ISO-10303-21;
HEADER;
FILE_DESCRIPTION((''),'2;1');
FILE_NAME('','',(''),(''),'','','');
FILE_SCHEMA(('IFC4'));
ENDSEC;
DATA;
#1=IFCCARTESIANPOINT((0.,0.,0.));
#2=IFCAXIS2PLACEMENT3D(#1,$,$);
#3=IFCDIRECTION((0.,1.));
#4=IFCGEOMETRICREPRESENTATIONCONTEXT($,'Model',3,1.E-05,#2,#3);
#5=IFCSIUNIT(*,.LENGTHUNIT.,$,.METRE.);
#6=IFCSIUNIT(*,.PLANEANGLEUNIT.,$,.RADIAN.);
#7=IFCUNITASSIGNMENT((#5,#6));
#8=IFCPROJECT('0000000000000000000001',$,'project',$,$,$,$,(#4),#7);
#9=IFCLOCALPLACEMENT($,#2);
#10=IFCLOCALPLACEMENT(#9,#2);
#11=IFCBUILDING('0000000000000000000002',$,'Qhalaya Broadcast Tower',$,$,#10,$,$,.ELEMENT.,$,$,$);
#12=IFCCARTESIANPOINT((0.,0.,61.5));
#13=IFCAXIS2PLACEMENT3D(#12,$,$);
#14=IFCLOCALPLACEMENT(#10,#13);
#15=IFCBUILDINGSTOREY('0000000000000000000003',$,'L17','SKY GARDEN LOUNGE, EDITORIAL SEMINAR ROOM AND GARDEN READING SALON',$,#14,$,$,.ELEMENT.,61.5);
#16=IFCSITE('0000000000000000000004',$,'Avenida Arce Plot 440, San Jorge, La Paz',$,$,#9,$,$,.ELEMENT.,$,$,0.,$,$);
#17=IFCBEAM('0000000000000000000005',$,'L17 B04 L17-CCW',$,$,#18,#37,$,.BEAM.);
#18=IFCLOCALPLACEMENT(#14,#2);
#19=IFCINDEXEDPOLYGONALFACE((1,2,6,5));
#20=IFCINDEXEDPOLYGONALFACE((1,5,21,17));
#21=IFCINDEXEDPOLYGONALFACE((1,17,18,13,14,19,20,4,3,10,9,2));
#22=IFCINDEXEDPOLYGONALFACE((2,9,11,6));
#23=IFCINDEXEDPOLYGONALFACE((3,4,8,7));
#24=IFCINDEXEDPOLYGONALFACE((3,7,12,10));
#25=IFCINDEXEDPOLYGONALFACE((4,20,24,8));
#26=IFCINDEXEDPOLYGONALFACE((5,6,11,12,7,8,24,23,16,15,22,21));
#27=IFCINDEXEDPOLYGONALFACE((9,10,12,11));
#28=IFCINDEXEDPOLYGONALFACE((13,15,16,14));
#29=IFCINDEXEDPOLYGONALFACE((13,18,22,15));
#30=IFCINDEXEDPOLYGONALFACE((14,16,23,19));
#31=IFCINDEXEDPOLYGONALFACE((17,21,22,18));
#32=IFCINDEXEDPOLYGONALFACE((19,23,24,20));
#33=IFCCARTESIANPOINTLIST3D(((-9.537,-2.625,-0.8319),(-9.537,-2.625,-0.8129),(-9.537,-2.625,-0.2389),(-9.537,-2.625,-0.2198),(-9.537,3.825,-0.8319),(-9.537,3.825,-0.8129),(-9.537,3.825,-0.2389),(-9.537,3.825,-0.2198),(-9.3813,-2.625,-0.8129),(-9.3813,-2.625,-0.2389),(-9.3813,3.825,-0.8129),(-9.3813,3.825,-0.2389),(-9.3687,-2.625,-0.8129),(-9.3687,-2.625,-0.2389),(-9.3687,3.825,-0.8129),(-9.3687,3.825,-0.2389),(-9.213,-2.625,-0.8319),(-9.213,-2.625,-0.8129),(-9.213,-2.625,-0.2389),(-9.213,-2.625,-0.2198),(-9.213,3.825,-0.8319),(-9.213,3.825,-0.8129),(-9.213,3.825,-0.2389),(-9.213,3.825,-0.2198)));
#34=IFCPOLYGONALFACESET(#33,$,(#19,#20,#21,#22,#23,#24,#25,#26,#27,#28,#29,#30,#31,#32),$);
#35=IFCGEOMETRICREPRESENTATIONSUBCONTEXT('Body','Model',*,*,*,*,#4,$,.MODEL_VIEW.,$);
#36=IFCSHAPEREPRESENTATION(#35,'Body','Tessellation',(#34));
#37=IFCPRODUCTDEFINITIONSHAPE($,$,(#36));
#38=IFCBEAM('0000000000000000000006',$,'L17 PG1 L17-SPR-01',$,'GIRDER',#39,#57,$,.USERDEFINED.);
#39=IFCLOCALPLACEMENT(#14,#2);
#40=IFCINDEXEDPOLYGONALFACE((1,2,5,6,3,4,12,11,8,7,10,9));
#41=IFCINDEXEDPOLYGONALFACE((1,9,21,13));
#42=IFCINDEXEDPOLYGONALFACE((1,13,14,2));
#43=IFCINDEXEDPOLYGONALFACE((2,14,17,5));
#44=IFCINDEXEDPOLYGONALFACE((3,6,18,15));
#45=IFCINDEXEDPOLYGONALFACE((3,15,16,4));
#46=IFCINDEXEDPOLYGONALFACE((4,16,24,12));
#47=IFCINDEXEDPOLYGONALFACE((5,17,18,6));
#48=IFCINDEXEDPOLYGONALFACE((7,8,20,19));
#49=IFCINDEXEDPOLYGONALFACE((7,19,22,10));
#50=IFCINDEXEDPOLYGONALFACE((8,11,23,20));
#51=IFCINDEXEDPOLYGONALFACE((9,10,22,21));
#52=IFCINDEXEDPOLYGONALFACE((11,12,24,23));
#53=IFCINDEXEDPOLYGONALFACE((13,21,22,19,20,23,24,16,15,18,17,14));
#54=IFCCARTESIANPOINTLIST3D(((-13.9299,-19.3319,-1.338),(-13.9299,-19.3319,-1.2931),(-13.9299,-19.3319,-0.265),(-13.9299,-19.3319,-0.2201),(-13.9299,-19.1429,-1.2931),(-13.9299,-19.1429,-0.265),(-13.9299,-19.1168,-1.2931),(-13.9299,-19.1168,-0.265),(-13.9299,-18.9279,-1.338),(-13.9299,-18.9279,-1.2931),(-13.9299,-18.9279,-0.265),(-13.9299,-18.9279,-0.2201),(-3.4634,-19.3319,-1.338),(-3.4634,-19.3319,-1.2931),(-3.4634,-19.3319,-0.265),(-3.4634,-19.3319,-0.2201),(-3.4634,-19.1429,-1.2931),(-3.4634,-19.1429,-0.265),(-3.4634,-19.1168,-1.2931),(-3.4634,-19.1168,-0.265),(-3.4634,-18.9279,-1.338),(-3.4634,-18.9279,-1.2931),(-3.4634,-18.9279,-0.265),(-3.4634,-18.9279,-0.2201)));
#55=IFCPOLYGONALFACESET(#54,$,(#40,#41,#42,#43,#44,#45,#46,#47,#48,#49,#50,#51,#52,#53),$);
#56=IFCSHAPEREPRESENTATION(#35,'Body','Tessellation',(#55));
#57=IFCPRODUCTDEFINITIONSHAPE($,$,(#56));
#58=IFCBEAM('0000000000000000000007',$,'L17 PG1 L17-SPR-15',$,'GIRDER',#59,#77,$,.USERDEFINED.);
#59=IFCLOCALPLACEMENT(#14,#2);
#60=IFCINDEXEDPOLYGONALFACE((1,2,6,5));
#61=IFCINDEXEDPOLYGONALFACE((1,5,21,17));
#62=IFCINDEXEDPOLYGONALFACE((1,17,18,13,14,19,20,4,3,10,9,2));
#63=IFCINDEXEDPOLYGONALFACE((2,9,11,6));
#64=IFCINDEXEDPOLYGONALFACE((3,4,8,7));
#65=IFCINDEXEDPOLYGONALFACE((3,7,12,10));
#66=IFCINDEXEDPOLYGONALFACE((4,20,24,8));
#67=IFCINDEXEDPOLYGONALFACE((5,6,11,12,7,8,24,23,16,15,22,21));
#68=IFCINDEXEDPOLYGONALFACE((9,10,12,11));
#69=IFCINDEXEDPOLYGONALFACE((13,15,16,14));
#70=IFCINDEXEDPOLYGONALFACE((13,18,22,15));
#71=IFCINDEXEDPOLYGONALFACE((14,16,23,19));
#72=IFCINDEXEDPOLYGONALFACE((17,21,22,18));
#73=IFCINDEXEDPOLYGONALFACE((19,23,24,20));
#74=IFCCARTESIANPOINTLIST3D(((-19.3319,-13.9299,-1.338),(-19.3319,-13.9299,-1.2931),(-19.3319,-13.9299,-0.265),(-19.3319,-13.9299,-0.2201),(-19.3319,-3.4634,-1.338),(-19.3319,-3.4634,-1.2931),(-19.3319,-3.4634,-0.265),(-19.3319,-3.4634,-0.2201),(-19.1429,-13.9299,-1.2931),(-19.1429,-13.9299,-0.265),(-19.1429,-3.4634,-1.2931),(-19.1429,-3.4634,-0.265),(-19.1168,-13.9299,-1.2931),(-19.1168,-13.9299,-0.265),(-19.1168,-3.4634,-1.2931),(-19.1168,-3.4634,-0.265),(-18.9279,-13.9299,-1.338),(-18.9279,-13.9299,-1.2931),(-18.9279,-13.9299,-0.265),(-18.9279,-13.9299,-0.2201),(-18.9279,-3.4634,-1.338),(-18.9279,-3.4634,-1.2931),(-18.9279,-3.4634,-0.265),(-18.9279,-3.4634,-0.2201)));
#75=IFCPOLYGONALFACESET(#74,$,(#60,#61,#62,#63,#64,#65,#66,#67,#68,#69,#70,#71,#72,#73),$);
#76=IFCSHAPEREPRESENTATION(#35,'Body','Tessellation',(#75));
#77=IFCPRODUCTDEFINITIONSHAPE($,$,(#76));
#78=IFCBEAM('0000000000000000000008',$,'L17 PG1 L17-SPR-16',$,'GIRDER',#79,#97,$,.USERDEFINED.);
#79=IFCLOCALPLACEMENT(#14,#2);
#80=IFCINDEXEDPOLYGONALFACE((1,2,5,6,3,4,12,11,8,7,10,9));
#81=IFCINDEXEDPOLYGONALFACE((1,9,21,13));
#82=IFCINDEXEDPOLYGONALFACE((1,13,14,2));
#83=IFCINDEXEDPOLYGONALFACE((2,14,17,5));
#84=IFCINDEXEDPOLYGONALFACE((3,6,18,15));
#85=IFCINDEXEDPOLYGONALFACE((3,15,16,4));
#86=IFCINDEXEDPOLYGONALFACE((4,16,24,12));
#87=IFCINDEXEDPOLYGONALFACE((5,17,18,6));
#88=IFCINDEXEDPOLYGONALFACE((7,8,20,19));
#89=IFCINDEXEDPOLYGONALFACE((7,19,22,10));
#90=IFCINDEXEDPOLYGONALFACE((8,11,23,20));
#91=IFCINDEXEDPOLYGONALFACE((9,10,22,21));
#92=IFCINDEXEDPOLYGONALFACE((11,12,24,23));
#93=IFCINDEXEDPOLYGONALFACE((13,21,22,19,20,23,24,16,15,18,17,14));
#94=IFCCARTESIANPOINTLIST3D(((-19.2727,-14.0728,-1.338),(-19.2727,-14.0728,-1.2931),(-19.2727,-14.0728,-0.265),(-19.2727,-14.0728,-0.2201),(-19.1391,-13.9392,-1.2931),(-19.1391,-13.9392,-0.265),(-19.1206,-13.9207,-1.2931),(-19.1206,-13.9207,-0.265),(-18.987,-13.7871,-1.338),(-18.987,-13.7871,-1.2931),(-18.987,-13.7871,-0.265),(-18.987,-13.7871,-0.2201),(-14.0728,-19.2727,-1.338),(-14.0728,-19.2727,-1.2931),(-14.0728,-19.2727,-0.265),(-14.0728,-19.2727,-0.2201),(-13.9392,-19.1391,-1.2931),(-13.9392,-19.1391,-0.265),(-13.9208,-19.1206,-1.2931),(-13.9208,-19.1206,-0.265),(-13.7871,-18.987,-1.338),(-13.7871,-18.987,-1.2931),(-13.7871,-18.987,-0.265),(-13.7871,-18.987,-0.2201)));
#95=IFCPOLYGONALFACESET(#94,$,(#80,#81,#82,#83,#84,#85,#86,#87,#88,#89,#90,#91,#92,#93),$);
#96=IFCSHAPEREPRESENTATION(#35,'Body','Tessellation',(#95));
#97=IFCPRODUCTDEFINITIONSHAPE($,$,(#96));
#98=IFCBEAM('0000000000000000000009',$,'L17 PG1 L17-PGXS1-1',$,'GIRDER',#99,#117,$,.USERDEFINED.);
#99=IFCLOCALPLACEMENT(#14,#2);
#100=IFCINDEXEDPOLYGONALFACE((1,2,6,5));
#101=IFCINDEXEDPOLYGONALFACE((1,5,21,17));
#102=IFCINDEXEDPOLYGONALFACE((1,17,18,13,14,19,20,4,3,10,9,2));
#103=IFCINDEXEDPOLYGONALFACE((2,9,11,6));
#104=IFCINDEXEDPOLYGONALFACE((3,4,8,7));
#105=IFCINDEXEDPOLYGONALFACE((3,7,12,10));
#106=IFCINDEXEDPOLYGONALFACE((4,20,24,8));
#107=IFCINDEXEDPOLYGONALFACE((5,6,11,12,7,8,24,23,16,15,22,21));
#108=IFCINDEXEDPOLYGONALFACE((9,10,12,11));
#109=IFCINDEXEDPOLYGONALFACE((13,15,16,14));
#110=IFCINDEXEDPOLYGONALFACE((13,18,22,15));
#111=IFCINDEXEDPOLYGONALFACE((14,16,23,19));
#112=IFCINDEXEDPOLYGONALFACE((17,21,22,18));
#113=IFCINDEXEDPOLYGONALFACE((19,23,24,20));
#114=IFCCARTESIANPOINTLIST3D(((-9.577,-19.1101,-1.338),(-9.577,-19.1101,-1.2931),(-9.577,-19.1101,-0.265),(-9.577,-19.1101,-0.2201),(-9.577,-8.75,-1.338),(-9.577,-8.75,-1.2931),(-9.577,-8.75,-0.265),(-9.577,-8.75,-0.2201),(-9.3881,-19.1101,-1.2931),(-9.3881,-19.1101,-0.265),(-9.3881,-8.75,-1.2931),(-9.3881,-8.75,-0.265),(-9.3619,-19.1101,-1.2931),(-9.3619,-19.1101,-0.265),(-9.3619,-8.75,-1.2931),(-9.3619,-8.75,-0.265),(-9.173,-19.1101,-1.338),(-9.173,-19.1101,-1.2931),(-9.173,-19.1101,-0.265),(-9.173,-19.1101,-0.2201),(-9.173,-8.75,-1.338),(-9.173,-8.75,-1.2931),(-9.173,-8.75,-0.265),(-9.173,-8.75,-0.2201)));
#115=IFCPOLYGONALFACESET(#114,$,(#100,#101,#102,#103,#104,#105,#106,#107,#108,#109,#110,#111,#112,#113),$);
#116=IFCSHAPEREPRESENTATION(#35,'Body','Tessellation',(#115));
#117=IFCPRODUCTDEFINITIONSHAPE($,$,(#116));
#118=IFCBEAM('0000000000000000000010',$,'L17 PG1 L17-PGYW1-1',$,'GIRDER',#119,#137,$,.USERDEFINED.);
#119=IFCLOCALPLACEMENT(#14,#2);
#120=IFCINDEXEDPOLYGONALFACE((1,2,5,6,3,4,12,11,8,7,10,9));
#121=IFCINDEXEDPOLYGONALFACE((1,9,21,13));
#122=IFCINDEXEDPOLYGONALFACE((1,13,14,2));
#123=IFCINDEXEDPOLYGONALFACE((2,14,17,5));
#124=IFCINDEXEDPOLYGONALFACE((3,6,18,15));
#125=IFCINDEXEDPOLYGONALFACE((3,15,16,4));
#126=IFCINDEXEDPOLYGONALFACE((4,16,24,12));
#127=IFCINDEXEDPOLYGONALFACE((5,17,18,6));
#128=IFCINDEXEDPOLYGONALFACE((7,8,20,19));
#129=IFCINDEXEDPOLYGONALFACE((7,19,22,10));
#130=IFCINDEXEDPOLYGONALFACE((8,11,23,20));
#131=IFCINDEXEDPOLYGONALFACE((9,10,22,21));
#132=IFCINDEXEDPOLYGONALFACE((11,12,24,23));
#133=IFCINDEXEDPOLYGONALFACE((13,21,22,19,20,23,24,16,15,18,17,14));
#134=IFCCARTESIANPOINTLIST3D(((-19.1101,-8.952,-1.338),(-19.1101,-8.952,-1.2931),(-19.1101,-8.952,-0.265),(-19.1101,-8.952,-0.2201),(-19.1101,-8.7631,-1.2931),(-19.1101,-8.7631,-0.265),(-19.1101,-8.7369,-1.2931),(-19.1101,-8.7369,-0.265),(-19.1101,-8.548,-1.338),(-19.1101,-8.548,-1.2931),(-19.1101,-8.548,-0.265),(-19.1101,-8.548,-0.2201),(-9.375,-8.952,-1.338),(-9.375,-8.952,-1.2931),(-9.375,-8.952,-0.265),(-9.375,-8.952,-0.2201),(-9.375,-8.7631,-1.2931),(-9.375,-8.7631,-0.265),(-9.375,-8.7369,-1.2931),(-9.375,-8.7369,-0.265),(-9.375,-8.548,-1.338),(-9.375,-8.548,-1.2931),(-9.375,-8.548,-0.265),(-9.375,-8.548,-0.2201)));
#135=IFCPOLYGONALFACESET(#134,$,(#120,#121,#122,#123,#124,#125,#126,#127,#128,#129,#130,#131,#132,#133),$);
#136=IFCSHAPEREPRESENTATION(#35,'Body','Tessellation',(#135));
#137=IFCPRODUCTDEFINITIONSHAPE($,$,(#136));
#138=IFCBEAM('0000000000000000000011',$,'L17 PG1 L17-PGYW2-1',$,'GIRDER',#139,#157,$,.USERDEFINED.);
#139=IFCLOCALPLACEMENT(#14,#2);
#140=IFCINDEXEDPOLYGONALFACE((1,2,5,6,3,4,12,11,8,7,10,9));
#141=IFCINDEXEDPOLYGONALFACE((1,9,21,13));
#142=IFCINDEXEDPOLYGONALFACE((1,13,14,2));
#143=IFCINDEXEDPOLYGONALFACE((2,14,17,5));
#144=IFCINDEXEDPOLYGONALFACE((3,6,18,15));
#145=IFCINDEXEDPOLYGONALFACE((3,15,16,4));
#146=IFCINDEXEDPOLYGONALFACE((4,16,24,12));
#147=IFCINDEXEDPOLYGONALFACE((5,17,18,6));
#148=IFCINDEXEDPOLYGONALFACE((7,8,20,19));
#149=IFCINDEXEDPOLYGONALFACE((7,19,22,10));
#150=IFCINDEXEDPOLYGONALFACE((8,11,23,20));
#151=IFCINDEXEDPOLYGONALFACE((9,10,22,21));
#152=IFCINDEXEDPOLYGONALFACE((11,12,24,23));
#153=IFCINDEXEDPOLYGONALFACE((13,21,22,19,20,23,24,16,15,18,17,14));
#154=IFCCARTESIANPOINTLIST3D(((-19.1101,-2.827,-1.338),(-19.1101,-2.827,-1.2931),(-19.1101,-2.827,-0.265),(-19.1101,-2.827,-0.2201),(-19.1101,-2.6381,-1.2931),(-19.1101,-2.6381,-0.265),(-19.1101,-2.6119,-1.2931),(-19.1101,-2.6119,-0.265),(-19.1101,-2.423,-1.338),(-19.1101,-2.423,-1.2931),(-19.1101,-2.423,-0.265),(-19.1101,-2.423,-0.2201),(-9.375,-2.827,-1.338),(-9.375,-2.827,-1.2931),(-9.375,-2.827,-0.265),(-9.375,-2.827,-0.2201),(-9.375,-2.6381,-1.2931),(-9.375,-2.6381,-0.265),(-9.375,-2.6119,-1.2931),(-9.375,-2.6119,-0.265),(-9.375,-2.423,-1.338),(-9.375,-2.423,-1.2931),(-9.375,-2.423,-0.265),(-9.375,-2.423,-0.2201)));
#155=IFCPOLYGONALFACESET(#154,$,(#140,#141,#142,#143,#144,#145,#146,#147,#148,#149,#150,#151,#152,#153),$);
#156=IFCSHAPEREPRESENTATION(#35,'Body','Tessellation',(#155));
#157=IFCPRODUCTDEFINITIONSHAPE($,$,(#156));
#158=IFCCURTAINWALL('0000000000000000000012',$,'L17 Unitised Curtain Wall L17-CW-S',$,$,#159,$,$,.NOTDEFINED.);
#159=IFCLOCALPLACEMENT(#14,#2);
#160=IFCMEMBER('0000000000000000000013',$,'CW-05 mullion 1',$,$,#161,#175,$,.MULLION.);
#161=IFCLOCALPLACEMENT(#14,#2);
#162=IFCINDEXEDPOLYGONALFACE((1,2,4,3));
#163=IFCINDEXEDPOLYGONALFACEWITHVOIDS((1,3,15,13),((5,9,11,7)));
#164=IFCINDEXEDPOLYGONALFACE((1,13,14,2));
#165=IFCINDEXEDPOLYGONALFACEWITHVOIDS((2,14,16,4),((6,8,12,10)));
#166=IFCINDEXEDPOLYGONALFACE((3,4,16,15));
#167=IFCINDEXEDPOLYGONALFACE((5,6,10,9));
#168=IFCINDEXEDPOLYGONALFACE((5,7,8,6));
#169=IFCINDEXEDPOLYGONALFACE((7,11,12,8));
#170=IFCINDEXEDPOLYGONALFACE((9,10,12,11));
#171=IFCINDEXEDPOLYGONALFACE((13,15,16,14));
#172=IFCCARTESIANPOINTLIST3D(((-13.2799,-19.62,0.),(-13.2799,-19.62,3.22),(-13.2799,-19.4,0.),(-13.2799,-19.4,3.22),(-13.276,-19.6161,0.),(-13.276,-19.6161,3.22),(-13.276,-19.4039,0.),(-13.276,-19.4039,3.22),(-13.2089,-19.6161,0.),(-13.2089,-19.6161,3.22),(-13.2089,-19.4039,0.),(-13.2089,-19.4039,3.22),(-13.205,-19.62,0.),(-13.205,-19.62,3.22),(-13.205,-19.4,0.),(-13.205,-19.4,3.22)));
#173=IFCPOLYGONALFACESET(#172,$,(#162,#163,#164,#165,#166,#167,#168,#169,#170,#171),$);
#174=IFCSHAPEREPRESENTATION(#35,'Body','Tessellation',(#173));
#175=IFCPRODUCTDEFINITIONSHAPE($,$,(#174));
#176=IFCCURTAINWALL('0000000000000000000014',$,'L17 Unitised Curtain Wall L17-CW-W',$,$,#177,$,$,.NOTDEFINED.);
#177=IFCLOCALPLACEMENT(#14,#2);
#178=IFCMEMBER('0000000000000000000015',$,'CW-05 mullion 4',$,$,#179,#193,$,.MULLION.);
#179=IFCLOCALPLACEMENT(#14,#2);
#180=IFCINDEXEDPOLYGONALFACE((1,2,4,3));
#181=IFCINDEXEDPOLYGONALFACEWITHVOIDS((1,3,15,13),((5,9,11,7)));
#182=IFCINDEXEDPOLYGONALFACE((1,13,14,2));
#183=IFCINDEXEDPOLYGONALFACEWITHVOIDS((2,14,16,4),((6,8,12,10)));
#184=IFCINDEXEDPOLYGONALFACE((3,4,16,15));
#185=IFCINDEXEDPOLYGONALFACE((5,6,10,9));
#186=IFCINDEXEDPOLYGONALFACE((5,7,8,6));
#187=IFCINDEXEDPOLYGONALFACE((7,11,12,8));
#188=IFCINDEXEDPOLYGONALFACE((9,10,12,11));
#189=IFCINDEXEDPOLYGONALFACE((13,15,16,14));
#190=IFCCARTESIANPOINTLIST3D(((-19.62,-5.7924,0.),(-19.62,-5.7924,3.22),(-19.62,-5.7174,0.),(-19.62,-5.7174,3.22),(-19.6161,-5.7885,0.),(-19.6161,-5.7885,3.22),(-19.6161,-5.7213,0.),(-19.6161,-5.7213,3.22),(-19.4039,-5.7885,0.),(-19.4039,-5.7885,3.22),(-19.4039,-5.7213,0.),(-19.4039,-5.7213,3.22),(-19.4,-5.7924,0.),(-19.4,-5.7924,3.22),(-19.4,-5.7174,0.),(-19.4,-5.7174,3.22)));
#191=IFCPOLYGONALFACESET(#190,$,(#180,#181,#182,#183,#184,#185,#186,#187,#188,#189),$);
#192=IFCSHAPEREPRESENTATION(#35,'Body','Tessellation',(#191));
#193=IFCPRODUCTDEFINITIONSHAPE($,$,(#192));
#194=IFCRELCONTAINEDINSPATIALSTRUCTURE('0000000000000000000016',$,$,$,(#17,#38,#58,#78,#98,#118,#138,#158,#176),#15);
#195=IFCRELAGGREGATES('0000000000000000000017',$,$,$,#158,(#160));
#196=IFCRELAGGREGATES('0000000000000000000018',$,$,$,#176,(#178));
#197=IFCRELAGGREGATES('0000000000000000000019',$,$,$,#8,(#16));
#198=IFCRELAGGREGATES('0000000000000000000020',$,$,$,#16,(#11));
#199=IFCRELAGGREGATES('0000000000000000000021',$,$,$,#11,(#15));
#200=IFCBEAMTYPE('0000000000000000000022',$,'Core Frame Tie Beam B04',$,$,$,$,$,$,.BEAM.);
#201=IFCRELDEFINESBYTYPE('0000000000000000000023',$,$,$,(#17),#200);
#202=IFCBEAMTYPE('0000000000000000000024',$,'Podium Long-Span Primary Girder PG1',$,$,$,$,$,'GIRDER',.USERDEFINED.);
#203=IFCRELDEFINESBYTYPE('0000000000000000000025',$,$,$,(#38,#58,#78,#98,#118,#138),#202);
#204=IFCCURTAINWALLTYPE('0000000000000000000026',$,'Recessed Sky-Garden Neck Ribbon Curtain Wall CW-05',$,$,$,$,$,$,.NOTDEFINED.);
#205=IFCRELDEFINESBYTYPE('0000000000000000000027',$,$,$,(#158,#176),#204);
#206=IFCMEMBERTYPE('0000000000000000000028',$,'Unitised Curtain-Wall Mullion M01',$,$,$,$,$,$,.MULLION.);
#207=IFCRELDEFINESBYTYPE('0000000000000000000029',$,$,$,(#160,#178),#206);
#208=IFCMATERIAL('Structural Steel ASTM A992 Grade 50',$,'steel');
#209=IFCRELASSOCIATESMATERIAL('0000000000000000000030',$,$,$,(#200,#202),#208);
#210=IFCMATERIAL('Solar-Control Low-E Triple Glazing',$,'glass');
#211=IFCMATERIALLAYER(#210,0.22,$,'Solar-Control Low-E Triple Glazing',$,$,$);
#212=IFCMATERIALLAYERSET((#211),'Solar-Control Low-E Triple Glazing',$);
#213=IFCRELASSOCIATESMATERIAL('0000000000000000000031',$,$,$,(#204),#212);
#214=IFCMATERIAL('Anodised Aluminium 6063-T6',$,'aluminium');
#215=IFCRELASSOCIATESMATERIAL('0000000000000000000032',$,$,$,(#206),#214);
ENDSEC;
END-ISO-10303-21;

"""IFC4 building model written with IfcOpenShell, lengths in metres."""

from ifc_helpers import new_model, si_unit, direction, frame, origin, origin_2d, place, context, subcontext, project, spatial, hollow_rectangle, i_section, extrude, material, layer, layer_set, material_profile, profile_set, type_object, element, aggregate, save


model = new_model("IFC4")

# Units and contexts
model_context = context("Model", 3, precision=1e-05, world=origin(), true_north=direction((0.0, 1.0)))
body_context = subcontext(model_context, "Body", "Model", "MODEL_VIEW")
ifc_project = project(units=[si_unit("LENGTHUNIT", "METRE"), si_unit("PLANEANGLEUNIT", "RADIAN")], contexts=[model_context])

# Site, building, storey
site_placement = place(None, origin())
site = spatial("IfcSite", under=ifc_project, at=site_placement, Name="Avenida Arce Plot 440, San Jorge, La Paz", CompositionType="ELEMENT", RefElevation=0.0)
building_placement = place(site_placement, origin())
building = spatial("IfcBuilding", under=site, at=building_placement, Name="Qhalaya Broadcast Tower", CompositionType="ELEMENT")
storey_placement = place(building_placement, frame((0.0, 0.0, 61.5)))
storey = spatial("IfcBuildingStorey", under=building, at=storey_placement, Name="L17", Description="SKY GARDEN LOUNGE, EDITORIAL SEMINAR ROOM AND GARDEN READING SALON", CompositionType="ELEMENT", Elevation=61.5)

# Shared definitions
ifc_material_1 = material(Name="Structural Steel ASTM A992 Grade 50", Category="steel")

# Beams
ifc_material_profile_1 = material_profile(ifc_material_1, i_section(OverallWidth=0.324, OverallDepth=0.6121, WebThickness=0.0127, FlangeThickness=0.019, at=origin_2d()), Name="W24X104")
ifc_profile_set_1 = profile_set([ifc_material_profile_1], Name="Structural Steel ASTM A992 Grade 50")
beam_type_1 = type_object("IfcBeamType", Name="Core Frame Tie Beam B04", PredefinedType="BEAM", material=ifc_profile_set_1)
beam_1_placement = place(storey_placement, frame((-9.375, -2.625, -0.5259), z_axis=(0.0, 1.0, 0.0), x_axis=(-1.0, 0.0, 0.0)))
element("IfcBeam", 1, at=beam_1_placement, inside=storey, type_object=beam_type_1, Name="L17 B04 L17-CCW", PredefinedType="BEAM", context=body_context, shape_type="SweptSolid", body=[
    extrude(i_section(OverallWidth=0.324, OverallDepth=0.6121, WebThickness=0.0127, FlangeThickness=0.019, at=origin_2d()), origin(), (0.0, 0.0, 1.0), 6.45),
])
ifc_material_profile_2 = material_profile(ifc_material_1, i_section(OverallWidth=0.4041, OverallDepth=1.1179, WebThickness=0.0261, FlangeThickness=0.0449, at=origin_2d()), Name="W44X335")
ifc_profile_set_2 = profile_set([ifc_material_profile_2], Name="Structural Steel ASTM A992 Grade 50")
beam_type_2 = type_object("IfcBeamType", Name="Podium Long-Span Primary Girder PG1", ElementType="GIRDER", PredefinedType="USERDEFINED", material=ifc_profile_set_2)
for number, where, z_axis, x_axis, name in (
    (2, (-13.9299, -19.1299, -0.7791), (1.0, 0.0, 0.0), (0.0, 1.0, 0.0), "L17 PG1 L17-SPR-01"),
    (3, (-19.1299, -3.4634, -0.7791), (0.0, -1.0, 0.0), (1.0, 0.0, 0.0), "L17 PG1 L17-SPR-15"),
):
    element("IfcBeam", number, at=place(storey_placement, frame(where, z_axis=z_axis, x_axis=x_axis)), inside=storey, type_object=beam_type_2, Name=name, ObjectType="GIRDER", PredefinedType="USERDEFINED", context=body_context, shape_type="SweptSolid", body=[
        extrude(i_section(OverallWidth=0.4041, OverallDepth=1.1179, WebThickness=0.0261, FlangeThickness=0.0449, at=origin_2d()), origin(), (0.0, 0.0, 1.0), 10.4666),
    ])
beam_2_placement = place(storey_placement, frame((-19.1299, -13.9299, -0.7791), z_axis=(0.707107, -0.707107, 0.0), x_axis=(0.707107, 0.707107, 0.0)))
element("IfcBeam", 4, at=beam_2_placement, inside=storey, type_object=beam_type_2, Name="L17 PG1 L17-SPR-16", ObjectType="GIRDER", PredefinedType="USERDEFINED", context=body_context, shape_type="SweptSolid", body=[
    extrude(i_section(OverallWidth=0.4041, OverallDepth=1.1179, WebThickness=0.0261, FlangeThickness=0.0449, at=origin_2d()), origin(), (0.0, 0.0, 1.0), 7.3538),
])
beam_3_placement = place(storey_placement, frame((-9.375, -19.1101, -0.7791), z_axis=(0.0, 1.0, 0.0), x_axis=(-1.0, 0.0, 0.0)))
element("IfcBeam", 5, at=beam_3_placement, inside=storey, type_object=beam_type_2, Name="L17 PG1 L17-PGXS1-1", ObjectType="GIRDER", PredefinedType="USERDEFINED", context=body_context, shape_type="SweptSolid", body=[
    extrude(i_section(OverallWidth=0.4041, OverallDepth=1.1179, WebThickness=0.0261, FlangeThickness=0.0449, at=origin_2d()), origin(), (0.0, 0.0, 1.0), 10.3601),
])
for number, where, z_axis, x_axis, name in (
    (6, (-19.1101, -8.75, -0.7791), (1.0, 0.0, 0.0), (0.0, 1.0, 0.0), "L17 PG1 L17-PGYW1-1"),
    (7, (-19.1101, -2.625, -0.7791), (1.0, 0.0, 0.0), (0.0, 1.0, 0.0), "L17 PG1 L17-PGYW2-1"),
):
    element("IfcBeam", number, at=place(storey_placement, frame(where, z_axis=z_axis, x_axis=x_axis)), inside=storey, type_object=beam_type_2, Name=name, ObjectType="GIRDER", PredefinedType="USERDEFINED", context=body_context, shape_type="SweptSolid", body=[
        extrude(i_section(OverallWidth=0.4041, OverallDepth=1.1179, WebThickness=0.0261, FlangeThickness=0.0449, at=origin_2d()), origin(), (0.0, 0.0, 1.0), 9.7351),
    ])

# Curtain wall, member
ifc_material_2 = material(Name="Solar-Control Low-E Triple Glazing", Category="glass")
ifc_layer_1 = layer(ifc_material_2, 0.22, Name="Solar-Control Low-E Triple Glazing")
ifc_layer_set_1 = layer_set([ifc_layer_1], Name="Solar-Control Low-E Triple Glazing")
curtain_wall_type = type_object("IfcCurtainWallType", Name="Recessed Sky-Garden Neck Ribbon Curtain Wall CW-05", PredefinedType="NOTDEFINED", material=ifc_layer_set_1)
curtain_wall_1_placement = place(storey_placement, origin())
curtain_wall_1 = element("IfcCurtainWall", 8, at=curtain_wall_1_placement, inside=storey, type_object=curtain_wall_type, Name="L17 Unitised Curtain Wall L17-CW-S", PredefinedType="NOTDEFINED")
ifc_material_3 = material(Name="Anodised Aluminium 6063-T6", Category="aluminium")
ifc_material_profile_3 = material_profile(ifc_material_3, hollow_rectangle(XDim=0.075, YDim=0.22, WallThickness=0.0039, at=origin_2d()), Name="ALU-MUL 75x220x4")
ifc_profile_set_3 = profile_set([ifc_material_profile_3], Name="Anodised Aluminium 6063-T6")
member_type_1 = type_object("IfcMemberType", Name="Unitised Curtain-Wall Mullion M01", PredefinedType="MULLION", material=ifc_profile_set_3)
member_1_placement = place(storey_placement, frame((-13.2424, -19.51, 0.0), z_axis=(0.0, 0.0, 1.0), x_axis=(1.0, 0.0, 0.0)))
member_1 = element("IfcMember", 9, at=member_1_placement, type_object=member_type_1, Name="CW-05 mullion 1", PredefinedType="MULLION", context=body_context, shape_type="SweptSolid", body=[
    extrude(hollow_rectangle(XDim=0.075, YDim=0.22, WallThickness=0.0039, at=origin_2d()), origin(), (0.0, 0.0, 1.0), 3.22),
])

# Curtain wall, member
curtain_wall_2_placement = place(storey_placement, origin())
curtain_wall_2 = element("IfcCurtainWall", 10, at=curtain_wall_2_placement, inside=storey, type_object=curtain_wall_type, Name="L17 Unitised Curtain Wall L17-CW-W", PredefinedType="NOTDEFINED")
member_2_placement = place(storey_placement, frame((-19.51, -5.7549, 0.0), z_axis=(0.0, 0.0, 1.0), x_axis=(0.0, -1.0, 0.0)))
member_2 = element("IfcMember", 11, at=member_2_placement, type_object=member_type_1, Name="CW-05 mullion 4", PredefinedType="MULLION", context=body_context, shape_type="SweptSolid", body=[
    extrude(hollow_rectangle(XDim=0.075, YDim=0.22, WallThickness=0.0039, at=origin_2d()), origin(), (0.0, 0.0, 1.0), 3.22),
])

aggregate(curtain_wall_1, [member_1])
aggregate(curtain_wall_2, [member_2])

save(model, "model.ifc")
